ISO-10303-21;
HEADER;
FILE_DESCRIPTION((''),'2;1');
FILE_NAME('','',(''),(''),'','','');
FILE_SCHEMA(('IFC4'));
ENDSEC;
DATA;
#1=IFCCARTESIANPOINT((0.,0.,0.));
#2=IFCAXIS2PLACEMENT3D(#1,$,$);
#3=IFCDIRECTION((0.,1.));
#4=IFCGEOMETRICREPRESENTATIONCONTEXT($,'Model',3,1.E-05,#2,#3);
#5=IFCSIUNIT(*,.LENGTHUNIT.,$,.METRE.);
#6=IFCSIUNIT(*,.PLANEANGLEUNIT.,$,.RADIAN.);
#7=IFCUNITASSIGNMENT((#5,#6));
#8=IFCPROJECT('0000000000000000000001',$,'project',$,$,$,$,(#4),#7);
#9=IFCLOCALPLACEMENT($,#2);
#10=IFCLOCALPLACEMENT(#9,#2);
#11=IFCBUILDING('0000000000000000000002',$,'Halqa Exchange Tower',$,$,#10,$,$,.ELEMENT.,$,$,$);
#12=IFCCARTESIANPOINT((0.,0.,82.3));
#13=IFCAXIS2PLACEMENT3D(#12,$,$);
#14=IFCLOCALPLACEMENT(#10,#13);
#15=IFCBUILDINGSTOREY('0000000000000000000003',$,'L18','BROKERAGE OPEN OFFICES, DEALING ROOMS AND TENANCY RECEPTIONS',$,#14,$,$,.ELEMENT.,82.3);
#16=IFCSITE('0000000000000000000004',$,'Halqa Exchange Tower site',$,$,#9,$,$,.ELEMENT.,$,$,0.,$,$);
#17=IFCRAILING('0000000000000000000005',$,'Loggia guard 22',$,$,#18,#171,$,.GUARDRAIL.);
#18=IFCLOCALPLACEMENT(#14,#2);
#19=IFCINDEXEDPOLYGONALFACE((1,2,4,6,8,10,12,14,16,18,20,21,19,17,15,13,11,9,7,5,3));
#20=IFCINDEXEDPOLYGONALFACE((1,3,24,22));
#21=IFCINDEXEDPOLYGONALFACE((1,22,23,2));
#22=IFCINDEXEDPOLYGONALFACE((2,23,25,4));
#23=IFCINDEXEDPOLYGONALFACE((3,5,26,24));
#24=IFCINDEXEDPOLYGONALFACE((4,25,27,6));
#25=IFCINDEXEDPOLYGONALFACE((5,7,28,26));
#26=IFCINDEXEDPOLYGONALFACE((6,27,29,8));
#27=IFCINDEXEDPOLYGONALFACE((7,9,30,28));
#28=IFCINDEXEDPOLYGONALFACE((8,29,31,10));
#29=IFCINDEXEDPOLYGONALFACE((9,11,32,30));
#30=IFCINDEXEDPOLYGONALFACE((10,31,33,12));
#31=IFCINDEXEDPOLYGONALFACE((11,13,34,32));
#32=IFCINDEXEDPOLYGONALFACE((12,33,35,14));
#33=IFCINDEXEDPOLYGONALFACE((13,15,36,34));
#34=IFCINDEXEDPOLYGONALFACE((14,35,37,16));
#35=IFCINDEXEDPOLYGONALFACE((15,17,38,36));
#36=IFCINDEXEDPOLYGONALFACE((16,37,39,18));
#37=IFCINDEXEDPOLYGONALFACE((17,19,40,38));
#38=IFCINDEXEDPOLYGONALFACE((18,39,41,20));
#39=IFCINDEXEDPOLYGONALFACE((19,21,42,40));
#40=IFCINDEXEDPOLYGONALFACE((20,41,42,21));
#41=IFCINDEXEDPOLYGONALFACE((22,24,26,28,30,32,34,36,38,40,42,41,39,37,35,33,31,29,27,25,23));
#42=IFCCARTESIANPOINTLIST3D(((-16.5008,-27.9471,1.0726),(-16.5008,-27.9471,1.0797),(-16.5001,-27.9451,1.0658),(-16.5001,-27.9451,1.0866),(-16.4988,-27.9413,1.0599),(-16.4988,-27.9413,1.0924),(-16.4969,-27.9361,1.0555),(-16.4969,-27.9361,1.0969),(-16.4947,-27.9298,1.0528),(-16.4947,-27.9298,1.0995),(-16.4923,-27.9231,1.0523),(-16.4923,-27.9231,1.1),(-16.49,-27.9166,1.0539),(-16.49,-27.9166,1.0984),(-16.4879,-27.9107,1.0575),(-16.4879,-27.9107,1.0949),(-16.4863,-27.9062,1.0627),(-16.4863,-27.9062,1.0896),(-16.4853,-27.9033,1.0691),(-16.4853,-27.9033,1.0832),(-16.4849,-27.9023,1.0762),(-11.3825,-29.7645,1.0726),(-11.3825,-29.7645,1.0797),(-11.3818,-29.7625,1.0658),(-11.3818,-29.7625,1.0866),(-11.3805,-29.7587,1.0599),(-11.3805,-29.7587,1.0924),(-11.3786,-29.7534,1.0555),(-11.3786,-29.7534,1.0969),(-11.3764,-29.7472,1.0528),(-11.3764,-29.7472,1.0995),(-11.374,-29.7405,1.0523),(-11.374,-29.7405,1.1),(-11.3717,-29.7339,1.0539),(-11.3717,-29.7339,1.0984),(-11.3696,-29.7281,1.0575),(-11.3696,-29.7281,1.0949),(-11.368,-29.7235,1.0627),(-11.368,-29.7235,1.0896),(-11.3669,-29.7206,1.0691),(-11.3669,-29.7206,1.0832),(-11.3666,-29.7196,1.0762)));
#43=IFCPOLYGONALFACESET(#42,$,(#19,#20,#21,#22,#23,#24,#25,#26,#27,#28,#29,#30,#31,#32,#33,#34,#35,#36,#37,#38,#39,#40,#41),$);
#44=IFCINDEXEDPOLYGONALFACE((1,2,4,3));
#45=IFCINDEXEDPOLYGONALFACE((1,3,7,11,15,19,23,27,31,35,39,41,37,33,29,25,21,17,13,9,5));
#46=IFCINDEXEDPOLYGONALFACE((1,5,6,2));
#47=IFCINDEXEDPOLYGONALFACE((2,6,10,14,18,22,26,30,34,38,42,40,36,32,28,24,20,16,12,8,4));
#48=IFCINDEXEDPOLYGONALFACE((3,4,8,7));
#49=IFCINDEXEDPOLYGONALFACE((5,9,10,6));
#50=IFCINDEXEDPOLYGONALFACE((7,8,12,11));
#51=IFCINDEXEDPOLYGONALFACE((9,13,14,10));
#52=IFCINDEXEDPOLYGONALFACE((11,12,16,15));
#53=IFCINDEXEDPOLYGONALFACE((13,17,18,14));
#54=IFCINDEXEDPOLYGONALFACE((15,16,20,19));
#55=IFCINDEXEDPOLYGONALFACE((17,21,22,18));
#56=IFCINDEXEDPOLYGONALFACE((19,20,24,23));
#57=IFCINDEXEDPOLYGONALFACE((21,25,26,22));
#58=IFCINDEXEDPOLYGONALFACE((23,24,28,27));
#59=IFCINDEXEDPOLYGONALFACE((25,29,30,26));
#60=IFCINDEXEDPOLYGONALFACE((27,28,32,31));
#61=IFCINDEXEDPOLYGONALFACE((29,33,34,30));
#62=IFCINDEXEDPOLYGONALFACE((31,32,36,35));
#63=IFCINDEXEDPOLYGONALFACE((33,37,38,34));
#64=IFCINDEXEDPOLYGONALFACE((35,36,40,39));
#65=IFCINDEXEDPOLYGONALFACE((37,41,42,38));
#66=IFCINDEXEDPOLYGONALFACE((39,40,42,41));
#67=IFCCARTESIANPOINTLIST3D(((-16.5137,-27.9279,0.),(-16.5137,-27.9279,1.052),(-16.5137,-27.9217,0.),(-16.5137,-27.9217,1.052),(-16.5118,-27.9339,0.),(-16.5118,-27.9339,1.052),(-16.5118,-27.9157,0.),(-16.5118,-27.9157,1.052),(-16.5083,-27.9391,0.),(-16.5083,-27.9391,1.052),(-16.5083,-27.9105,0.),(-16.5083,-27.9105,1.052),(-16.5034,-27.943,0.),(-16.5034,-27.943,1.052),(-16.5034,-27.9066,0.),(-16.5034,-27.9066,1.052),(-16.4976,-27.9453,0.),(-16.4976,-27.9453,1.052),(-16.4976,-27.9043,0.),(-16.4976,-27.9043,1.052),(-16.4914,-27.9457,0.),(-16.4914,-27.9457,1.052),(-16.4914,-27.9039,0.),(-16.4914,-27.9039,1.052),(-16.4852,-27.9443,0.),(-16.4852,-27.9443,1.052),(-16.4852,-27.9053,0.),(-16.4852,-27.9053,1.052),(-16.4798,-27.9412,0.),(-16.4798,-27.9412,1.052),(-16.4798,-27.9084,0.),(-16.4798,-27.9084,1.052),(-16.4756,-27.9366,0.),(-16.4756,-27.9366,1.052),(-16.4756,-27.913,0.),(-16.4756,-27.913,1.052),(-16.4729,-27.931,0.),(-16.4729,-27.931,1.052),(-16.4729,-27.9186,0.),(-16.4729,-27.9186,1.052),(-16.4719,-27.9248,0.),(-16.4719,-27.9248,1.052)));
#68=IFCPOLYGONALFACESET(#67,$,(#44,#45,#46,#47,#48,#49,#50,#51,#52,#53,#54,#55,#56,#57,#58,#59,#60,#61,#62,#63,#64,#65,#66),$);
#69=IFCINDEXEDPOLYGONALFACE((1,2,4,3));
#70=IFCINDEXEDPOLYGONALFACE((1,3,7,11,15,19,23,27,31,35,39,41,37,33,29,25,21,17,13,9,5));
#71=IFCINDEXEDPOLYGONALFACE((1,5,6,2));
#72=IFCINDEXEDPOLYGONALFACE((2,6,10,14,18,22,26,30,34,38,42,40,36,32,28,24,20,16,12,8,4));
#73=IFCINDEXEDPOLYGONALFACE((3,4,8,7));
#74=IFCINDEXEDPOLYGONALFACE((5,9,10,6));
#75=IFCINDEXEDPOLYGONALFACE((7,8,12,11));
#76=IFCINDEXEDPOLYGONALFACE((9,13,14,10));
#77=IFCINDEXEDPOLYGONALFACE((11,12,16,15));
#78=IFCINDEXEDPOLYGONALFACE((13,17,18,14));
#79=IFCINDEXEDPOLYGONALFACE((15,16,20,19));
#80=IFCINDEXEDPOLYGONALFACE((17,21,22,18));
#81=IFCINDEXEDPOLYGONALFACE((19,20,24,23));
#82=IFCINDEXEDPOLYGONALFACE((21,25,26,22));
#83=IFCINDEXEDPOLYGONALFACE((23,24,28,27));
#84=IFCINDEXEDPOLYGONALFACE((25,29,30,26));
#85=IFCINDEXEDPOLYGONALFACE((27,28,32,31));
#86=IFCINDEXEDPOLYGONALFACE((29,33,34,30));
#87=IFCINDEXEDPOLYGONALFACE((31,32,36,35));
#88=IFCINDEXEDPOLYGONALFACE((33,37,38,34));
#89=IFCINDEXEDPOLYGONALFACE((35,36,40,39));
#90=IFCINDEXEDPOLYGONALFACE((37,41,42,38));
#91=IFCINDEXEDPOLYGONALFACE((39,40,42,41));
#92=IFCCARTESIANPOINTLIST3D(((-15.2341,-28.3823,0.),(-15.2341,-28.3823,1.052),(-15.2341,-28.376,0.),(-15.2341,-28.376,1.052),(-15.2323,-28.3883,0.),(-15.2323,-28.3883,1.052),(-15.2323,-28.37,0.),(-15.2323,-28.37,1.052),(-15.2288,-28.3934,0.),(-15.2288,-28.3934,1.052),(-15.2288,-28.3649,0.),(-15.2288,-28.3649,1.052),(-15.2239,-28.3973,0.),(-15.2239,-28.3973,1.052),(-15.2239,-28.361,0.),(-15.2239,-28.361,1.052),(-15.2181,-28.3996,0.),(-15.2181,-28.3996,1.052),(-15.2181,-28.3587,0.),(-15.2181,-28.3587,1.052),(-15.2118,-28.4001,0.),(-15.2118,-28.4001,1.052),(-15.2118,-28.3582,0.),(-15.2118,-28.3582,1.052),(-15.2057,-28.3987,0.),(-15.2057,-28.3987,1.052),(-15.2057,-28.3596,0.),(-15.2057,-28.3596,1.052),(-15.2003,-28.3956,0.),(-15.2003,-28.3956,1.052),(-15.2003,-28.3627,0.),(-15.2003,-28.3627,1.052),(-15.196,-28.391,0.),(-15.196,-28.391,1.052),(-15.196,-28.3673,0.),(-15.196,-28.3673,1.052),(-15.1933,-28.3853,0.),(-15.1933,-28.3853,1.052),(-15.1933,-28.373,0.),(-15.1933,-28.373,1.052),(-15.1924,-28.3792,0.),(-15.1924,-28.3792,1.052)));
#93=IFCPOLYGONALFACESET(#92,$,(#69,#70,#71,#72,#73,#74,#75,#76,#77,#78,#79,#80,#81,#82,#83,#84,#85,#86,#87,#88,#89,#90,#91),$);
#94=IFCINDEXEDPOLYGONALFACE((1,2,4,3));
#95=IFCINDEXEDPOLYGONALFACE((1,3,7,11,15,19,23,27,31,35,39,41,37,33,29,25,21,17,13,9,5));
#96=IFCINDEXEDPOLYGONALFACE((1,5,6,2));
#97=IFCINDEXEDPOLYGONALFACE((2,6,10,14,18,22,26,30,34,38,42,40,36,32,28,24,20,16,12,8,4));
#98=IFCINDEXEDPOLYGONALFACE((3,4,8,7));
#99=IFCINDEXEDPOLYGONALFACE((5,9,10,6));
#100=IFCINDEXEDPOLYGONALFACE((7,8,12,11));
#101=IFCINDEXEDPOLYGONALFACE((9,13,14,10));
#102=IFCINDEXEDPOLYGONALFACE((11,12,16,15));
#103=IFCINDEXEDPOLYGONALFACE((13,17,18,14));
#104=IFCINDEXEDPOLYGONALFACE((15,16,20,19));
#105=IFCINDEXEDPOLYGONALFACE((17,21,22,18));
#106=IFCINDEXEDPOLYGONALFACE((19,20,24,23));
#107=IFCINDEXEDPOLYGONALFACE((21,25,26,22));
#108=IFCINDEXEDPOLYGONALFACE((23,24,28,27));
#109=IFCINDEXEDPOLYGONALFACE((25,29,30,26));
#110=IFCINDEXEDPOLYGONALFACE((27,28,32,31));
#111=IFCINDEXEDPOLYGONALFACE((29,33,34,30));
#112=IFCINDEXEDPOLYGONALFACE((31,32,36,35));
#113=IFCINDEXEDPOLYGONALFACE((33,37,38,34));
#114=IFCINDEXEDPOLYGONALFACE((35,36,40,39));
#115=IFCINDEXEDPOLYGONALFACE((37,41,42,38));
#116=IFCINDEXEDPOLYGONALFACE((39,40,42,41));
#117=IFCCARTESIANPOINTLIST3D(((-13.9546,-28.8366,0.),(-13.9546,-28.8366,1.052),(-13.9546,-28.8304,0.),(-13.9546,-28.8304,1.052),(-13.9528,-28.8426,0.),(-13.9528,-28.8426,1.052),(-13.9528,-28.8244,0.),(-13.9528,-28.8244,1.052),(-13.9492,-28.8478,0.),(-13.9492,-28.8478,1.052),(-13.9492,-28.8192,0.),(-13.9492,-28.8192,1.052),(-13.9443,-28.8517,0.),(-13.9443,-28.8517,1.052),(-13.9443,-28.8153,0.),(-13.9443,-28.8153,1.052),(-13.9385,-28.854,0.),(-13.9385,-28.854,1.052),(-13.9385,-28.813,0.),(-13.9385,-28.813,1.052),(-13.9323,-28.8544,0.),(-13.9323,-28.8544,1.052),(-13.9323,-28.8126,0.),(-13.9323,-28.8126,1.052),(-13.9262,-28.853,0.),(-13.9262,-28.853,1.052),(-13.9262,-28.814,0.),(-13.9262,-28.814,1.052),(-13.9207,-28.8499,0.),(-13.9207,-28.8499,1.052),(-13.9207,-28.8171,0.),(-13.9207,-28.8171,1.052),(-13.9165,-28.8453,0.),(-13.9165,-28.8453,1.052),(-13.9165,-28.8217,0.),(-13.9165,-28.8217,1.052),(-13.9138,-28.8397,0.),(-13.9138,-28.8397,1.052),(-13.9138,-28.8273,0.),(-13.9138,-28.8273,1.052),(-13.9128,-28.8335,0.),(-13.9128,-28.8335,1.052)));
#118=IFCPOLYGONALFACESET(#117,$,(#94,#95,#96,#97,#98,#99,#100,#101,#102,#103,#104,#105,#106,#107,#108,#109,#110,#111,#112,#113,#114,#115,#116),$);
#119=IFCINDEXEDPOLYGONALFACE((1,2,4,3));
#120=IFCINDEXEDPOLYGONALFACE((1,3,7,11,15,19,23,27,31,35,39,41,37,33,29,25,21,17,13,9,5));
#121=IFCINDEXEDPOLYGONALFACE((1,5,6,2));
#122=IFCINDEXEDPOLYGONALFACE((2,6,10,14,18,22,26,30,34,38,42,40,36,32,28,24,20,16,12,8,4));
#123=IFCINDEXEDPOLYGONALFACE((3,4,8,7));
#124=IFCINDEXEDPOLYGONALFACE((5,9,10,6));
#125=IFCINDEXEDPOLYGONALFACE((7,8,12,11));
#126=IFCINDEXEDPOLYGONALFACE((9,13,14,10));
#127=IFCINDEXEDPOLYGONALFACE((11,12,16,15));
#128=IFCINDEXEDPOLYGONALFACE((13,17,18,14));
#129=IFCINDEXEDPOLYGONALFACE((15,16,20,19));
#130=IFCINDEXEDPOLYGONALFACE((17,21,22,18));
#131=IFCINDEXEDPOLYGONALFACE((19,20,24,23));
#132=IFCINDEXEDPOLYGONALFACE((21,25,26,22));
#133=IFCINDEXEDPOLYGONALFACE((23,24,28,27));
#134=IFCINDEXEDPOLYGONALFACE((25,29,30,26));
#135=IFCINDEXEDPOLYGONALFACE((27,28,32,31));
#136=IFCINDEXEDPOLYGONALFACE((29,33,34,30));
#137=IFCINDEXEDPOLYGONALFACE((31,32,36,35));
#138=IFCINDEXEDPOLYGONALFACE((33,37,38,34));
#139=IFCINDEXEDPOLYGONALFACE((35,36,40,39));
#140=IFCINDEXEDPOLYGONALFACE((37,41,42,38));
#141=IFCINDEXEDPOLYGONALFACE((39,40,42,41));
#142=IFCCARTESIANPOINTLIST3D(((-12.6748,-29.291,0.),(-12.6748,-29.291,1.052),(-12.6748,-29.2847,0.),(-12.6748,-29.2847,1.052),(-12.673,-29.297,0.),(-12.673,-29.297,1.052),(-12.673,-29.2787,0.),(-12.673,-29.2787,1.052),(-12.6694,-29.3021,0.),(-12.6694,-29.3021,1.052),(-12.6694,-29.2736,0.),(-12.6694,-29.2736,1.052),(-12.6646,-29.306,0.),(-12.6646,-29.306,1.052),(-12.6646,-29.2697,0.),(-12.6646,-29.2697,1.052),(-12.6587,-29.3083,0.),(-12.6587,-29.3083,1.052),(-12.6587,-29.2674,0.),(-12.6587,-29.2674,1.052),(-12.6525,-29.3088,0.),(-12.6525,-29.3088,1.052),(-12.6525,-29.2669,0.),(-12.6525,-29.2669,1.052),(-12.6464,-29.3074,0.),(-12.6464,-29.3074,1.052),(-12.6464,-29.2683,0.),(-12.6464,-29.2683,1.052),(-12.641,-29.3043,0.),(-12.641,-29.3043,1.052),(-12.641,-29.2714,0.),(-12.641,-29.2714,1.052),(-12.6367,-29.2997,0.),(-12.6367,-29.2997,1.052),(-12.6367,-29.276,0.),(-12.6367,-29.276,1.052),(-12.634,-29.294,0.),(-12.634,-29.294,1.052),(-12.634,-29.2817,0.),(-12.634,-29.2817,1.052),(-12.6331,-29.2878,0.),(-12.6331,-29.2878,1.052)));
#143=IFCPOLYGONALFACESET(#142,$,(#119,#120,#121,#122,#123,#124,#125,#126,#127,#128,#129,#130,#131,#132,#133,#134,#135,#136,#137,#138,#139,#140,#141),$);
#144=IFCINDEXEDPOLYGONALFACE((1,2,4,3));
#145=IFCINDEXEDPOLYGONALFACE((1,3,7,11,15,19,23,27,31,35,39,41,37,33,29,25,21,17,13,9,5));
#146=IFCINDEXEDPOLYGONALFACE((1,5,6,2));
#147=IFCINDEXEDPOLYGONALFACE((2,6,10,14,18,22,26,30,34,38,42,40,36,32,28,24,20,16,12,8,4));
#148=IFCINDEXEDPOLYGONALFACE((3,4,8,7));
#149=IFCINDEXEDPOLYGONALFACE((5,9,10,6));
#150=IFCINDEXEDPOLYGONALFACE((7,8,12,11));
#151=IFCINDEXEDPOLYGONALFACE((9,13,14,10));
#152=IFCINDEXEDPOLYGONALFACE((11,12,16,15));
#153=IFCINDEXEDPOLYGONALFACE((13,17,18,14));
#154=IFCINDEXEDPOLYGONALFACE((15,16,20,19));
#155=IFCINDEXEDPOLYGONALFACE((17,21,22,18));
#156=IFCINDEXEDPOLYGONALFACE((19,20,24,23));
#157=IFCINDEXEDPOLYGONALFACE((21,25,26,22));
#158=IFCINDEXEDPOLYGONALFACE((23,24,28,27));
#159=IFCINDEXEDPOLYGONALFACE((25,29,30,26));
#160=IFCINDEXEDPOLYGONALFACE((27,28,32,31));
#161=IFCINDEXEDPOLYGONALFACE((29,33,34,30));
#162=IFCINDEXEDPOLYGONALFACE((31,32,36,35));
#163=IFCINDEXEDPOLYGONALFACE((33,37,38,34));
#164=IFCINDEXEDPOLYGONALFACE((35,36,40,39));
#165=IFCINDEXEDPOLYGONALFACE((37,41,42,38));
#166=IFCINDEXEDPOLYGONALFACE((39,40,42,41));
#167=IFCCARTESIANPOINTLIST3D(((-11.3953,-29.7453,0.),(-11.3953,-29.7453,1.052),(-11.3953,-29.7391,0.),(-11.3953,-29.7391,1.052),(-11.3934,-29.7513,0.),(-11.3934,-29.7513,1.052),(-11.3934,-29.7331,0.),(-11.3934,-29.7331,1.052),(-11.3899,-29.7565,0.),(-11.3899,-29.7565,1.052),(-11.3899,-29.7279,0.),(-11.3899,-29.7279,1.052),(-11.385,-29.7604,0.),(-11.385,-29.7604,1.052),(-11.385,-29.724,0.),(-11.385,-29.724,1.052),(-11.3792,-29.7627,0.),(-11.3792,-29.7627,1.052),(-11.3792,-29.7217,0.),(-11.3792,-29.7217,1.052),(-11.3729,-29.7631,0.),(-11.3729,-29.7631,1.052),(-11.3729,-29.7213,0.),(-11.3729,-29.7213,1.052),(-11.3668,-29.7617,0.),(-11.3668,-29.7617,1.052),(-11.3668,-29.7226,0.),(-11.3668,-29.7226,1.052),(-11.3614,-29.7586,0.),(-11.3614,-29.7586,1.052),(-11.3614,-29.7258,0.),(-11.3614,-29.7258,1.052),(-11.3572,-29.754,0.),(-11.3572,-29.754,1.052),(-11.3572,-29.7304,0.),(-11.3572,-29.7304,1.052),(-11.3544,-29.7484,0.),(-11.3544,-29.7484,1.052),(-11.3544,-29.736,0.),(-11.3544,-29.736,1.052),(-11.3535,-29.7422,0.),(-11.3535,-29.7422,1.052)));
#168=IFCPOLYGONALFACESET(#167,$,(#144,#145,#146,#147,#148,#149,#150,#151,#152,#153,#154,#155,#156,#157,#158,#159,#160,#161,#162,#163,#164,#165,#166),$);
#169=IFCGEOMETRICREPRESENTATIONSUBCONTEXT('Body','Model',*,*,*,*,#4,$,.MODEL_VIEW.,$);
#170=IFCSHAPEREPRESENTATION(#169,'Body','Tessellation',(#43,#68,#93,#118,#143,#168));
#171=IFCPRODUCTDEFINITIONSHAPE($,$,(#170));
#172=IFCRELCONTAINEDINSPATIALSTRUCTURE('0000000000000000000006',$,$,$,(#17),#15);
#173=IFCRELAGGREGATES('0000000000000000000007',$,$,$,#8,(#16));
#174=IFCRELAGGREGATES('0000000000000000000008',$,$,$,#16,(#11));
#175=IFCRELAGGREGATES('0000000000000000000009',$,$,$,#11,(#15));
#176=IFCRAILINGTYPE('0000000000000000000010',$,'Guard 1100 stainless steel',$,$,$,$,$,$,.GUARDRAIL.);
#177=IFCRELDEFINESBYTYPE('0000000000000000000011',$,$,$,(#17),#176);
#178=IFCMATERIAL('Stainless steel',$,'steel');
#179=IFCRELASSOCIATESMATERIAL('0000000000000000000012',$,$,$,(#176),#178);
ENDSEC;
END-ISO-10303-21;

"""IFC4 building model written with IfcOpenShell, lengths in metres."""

from ifc_helpers import new_model, si_unit, direction, frame, origin, origin_2d, place, context, subcontext, project, spatial, circle, extrude, material, type_object, element, save


model = new_model("IFC4")

# Units and contexts
model_context = context("Model", 3, precision=1e-05, world=origin(), true_north=direction((0.0, 1.0)))
body_context = subcontext(model_context, "Body", "Model", "MODEL_VIEW")
ifc_project = project(units=[si_unit("LENGTHUNIT", "METRE"), si_unit("PLANEANGLEUNIT", "RADIAN")], contexts=[model_context])

# Site, building, storey
site_placement = place(None, origin())
site = spatial("IfcSite", under=ifc_project, at=site_placement, Name="Halqa Exchange Tower site", CompositionType="ELEMENT", RefElevation=0.0)
building_placement = place(site_placement, origin())
building = spatial("IfcBuilding", under=site, at=building_placement, Name="Halqa Exchange Tower", CompositionType="ELEMENT")
storey_placement = place(building_placement, frame((0.0, 0.0, 82.3)))
storey = spatial("IfcBuildingStorey", under=building, at=storey_placement, Name="L18", Description="BROKERAGE OPEN OFFICES, DEALING ROOMS AND TENANCY RECEPTIONS", CompositionType="ELEMENT", Elevation=82.3)

# Railing
ifc_material_1 = material(Name="Stainless steel", Category="steel")
railing_type = type_object("IfcRailingType", Name="Guard 1100 stainless steel", PredefinedType="GUARDRAIL", material=ifc_material_1)
railing_1_placement = place(storey_placement, frame((-16.4929, -27.9248, 0.0)))
element("IfcRailing", 1, at=railing_1_placement, inside=storey, type_object=railing_type, Name="Loggia guard 22", PredefinedType="GUARDRAIL", context=body_context, shape_type="SweptSolid", body=[
    extrude(circle(Radius=0.0239, at=origin_2d()), frame((0.0, 0.0, 1.0762), z_axis=(0.94236, -0.334602, 0.0), x_axis=(0.334602, 0.94236, 0.0)), (0.0, 0.0, 1.0), 5.4314),
    extrude(circle(Radius=0.021, at=origin_2d()), origin(), (0.0, 0.0, 1.0), 1.052),
    extrude(circle(Radius=0.021, at=origin_2d()), frame((1.2795, -0.4543, 0.0)), (0.0, 0.0, 1.0), 1.052),
    extrude(circle(Radius=0.021, at=origin_2d()), frame((2.5591, -0.9087, 0.0)), (0.0, 0.0, 1.0), 1.052),
    extrude(circle(Radius=0.021, at=origin_2d()), frame((3.8389, -1.363, 0.0)), (0.0, 0.0, 1.0), 1.052),
    extrude(circle(Radius=0.021, at=origin_2d()), frame((5.1184, -1.8174, 0.0)), (0.0, 0.0, 1.0), 1.052),
])

save(model, "model.ifc")
